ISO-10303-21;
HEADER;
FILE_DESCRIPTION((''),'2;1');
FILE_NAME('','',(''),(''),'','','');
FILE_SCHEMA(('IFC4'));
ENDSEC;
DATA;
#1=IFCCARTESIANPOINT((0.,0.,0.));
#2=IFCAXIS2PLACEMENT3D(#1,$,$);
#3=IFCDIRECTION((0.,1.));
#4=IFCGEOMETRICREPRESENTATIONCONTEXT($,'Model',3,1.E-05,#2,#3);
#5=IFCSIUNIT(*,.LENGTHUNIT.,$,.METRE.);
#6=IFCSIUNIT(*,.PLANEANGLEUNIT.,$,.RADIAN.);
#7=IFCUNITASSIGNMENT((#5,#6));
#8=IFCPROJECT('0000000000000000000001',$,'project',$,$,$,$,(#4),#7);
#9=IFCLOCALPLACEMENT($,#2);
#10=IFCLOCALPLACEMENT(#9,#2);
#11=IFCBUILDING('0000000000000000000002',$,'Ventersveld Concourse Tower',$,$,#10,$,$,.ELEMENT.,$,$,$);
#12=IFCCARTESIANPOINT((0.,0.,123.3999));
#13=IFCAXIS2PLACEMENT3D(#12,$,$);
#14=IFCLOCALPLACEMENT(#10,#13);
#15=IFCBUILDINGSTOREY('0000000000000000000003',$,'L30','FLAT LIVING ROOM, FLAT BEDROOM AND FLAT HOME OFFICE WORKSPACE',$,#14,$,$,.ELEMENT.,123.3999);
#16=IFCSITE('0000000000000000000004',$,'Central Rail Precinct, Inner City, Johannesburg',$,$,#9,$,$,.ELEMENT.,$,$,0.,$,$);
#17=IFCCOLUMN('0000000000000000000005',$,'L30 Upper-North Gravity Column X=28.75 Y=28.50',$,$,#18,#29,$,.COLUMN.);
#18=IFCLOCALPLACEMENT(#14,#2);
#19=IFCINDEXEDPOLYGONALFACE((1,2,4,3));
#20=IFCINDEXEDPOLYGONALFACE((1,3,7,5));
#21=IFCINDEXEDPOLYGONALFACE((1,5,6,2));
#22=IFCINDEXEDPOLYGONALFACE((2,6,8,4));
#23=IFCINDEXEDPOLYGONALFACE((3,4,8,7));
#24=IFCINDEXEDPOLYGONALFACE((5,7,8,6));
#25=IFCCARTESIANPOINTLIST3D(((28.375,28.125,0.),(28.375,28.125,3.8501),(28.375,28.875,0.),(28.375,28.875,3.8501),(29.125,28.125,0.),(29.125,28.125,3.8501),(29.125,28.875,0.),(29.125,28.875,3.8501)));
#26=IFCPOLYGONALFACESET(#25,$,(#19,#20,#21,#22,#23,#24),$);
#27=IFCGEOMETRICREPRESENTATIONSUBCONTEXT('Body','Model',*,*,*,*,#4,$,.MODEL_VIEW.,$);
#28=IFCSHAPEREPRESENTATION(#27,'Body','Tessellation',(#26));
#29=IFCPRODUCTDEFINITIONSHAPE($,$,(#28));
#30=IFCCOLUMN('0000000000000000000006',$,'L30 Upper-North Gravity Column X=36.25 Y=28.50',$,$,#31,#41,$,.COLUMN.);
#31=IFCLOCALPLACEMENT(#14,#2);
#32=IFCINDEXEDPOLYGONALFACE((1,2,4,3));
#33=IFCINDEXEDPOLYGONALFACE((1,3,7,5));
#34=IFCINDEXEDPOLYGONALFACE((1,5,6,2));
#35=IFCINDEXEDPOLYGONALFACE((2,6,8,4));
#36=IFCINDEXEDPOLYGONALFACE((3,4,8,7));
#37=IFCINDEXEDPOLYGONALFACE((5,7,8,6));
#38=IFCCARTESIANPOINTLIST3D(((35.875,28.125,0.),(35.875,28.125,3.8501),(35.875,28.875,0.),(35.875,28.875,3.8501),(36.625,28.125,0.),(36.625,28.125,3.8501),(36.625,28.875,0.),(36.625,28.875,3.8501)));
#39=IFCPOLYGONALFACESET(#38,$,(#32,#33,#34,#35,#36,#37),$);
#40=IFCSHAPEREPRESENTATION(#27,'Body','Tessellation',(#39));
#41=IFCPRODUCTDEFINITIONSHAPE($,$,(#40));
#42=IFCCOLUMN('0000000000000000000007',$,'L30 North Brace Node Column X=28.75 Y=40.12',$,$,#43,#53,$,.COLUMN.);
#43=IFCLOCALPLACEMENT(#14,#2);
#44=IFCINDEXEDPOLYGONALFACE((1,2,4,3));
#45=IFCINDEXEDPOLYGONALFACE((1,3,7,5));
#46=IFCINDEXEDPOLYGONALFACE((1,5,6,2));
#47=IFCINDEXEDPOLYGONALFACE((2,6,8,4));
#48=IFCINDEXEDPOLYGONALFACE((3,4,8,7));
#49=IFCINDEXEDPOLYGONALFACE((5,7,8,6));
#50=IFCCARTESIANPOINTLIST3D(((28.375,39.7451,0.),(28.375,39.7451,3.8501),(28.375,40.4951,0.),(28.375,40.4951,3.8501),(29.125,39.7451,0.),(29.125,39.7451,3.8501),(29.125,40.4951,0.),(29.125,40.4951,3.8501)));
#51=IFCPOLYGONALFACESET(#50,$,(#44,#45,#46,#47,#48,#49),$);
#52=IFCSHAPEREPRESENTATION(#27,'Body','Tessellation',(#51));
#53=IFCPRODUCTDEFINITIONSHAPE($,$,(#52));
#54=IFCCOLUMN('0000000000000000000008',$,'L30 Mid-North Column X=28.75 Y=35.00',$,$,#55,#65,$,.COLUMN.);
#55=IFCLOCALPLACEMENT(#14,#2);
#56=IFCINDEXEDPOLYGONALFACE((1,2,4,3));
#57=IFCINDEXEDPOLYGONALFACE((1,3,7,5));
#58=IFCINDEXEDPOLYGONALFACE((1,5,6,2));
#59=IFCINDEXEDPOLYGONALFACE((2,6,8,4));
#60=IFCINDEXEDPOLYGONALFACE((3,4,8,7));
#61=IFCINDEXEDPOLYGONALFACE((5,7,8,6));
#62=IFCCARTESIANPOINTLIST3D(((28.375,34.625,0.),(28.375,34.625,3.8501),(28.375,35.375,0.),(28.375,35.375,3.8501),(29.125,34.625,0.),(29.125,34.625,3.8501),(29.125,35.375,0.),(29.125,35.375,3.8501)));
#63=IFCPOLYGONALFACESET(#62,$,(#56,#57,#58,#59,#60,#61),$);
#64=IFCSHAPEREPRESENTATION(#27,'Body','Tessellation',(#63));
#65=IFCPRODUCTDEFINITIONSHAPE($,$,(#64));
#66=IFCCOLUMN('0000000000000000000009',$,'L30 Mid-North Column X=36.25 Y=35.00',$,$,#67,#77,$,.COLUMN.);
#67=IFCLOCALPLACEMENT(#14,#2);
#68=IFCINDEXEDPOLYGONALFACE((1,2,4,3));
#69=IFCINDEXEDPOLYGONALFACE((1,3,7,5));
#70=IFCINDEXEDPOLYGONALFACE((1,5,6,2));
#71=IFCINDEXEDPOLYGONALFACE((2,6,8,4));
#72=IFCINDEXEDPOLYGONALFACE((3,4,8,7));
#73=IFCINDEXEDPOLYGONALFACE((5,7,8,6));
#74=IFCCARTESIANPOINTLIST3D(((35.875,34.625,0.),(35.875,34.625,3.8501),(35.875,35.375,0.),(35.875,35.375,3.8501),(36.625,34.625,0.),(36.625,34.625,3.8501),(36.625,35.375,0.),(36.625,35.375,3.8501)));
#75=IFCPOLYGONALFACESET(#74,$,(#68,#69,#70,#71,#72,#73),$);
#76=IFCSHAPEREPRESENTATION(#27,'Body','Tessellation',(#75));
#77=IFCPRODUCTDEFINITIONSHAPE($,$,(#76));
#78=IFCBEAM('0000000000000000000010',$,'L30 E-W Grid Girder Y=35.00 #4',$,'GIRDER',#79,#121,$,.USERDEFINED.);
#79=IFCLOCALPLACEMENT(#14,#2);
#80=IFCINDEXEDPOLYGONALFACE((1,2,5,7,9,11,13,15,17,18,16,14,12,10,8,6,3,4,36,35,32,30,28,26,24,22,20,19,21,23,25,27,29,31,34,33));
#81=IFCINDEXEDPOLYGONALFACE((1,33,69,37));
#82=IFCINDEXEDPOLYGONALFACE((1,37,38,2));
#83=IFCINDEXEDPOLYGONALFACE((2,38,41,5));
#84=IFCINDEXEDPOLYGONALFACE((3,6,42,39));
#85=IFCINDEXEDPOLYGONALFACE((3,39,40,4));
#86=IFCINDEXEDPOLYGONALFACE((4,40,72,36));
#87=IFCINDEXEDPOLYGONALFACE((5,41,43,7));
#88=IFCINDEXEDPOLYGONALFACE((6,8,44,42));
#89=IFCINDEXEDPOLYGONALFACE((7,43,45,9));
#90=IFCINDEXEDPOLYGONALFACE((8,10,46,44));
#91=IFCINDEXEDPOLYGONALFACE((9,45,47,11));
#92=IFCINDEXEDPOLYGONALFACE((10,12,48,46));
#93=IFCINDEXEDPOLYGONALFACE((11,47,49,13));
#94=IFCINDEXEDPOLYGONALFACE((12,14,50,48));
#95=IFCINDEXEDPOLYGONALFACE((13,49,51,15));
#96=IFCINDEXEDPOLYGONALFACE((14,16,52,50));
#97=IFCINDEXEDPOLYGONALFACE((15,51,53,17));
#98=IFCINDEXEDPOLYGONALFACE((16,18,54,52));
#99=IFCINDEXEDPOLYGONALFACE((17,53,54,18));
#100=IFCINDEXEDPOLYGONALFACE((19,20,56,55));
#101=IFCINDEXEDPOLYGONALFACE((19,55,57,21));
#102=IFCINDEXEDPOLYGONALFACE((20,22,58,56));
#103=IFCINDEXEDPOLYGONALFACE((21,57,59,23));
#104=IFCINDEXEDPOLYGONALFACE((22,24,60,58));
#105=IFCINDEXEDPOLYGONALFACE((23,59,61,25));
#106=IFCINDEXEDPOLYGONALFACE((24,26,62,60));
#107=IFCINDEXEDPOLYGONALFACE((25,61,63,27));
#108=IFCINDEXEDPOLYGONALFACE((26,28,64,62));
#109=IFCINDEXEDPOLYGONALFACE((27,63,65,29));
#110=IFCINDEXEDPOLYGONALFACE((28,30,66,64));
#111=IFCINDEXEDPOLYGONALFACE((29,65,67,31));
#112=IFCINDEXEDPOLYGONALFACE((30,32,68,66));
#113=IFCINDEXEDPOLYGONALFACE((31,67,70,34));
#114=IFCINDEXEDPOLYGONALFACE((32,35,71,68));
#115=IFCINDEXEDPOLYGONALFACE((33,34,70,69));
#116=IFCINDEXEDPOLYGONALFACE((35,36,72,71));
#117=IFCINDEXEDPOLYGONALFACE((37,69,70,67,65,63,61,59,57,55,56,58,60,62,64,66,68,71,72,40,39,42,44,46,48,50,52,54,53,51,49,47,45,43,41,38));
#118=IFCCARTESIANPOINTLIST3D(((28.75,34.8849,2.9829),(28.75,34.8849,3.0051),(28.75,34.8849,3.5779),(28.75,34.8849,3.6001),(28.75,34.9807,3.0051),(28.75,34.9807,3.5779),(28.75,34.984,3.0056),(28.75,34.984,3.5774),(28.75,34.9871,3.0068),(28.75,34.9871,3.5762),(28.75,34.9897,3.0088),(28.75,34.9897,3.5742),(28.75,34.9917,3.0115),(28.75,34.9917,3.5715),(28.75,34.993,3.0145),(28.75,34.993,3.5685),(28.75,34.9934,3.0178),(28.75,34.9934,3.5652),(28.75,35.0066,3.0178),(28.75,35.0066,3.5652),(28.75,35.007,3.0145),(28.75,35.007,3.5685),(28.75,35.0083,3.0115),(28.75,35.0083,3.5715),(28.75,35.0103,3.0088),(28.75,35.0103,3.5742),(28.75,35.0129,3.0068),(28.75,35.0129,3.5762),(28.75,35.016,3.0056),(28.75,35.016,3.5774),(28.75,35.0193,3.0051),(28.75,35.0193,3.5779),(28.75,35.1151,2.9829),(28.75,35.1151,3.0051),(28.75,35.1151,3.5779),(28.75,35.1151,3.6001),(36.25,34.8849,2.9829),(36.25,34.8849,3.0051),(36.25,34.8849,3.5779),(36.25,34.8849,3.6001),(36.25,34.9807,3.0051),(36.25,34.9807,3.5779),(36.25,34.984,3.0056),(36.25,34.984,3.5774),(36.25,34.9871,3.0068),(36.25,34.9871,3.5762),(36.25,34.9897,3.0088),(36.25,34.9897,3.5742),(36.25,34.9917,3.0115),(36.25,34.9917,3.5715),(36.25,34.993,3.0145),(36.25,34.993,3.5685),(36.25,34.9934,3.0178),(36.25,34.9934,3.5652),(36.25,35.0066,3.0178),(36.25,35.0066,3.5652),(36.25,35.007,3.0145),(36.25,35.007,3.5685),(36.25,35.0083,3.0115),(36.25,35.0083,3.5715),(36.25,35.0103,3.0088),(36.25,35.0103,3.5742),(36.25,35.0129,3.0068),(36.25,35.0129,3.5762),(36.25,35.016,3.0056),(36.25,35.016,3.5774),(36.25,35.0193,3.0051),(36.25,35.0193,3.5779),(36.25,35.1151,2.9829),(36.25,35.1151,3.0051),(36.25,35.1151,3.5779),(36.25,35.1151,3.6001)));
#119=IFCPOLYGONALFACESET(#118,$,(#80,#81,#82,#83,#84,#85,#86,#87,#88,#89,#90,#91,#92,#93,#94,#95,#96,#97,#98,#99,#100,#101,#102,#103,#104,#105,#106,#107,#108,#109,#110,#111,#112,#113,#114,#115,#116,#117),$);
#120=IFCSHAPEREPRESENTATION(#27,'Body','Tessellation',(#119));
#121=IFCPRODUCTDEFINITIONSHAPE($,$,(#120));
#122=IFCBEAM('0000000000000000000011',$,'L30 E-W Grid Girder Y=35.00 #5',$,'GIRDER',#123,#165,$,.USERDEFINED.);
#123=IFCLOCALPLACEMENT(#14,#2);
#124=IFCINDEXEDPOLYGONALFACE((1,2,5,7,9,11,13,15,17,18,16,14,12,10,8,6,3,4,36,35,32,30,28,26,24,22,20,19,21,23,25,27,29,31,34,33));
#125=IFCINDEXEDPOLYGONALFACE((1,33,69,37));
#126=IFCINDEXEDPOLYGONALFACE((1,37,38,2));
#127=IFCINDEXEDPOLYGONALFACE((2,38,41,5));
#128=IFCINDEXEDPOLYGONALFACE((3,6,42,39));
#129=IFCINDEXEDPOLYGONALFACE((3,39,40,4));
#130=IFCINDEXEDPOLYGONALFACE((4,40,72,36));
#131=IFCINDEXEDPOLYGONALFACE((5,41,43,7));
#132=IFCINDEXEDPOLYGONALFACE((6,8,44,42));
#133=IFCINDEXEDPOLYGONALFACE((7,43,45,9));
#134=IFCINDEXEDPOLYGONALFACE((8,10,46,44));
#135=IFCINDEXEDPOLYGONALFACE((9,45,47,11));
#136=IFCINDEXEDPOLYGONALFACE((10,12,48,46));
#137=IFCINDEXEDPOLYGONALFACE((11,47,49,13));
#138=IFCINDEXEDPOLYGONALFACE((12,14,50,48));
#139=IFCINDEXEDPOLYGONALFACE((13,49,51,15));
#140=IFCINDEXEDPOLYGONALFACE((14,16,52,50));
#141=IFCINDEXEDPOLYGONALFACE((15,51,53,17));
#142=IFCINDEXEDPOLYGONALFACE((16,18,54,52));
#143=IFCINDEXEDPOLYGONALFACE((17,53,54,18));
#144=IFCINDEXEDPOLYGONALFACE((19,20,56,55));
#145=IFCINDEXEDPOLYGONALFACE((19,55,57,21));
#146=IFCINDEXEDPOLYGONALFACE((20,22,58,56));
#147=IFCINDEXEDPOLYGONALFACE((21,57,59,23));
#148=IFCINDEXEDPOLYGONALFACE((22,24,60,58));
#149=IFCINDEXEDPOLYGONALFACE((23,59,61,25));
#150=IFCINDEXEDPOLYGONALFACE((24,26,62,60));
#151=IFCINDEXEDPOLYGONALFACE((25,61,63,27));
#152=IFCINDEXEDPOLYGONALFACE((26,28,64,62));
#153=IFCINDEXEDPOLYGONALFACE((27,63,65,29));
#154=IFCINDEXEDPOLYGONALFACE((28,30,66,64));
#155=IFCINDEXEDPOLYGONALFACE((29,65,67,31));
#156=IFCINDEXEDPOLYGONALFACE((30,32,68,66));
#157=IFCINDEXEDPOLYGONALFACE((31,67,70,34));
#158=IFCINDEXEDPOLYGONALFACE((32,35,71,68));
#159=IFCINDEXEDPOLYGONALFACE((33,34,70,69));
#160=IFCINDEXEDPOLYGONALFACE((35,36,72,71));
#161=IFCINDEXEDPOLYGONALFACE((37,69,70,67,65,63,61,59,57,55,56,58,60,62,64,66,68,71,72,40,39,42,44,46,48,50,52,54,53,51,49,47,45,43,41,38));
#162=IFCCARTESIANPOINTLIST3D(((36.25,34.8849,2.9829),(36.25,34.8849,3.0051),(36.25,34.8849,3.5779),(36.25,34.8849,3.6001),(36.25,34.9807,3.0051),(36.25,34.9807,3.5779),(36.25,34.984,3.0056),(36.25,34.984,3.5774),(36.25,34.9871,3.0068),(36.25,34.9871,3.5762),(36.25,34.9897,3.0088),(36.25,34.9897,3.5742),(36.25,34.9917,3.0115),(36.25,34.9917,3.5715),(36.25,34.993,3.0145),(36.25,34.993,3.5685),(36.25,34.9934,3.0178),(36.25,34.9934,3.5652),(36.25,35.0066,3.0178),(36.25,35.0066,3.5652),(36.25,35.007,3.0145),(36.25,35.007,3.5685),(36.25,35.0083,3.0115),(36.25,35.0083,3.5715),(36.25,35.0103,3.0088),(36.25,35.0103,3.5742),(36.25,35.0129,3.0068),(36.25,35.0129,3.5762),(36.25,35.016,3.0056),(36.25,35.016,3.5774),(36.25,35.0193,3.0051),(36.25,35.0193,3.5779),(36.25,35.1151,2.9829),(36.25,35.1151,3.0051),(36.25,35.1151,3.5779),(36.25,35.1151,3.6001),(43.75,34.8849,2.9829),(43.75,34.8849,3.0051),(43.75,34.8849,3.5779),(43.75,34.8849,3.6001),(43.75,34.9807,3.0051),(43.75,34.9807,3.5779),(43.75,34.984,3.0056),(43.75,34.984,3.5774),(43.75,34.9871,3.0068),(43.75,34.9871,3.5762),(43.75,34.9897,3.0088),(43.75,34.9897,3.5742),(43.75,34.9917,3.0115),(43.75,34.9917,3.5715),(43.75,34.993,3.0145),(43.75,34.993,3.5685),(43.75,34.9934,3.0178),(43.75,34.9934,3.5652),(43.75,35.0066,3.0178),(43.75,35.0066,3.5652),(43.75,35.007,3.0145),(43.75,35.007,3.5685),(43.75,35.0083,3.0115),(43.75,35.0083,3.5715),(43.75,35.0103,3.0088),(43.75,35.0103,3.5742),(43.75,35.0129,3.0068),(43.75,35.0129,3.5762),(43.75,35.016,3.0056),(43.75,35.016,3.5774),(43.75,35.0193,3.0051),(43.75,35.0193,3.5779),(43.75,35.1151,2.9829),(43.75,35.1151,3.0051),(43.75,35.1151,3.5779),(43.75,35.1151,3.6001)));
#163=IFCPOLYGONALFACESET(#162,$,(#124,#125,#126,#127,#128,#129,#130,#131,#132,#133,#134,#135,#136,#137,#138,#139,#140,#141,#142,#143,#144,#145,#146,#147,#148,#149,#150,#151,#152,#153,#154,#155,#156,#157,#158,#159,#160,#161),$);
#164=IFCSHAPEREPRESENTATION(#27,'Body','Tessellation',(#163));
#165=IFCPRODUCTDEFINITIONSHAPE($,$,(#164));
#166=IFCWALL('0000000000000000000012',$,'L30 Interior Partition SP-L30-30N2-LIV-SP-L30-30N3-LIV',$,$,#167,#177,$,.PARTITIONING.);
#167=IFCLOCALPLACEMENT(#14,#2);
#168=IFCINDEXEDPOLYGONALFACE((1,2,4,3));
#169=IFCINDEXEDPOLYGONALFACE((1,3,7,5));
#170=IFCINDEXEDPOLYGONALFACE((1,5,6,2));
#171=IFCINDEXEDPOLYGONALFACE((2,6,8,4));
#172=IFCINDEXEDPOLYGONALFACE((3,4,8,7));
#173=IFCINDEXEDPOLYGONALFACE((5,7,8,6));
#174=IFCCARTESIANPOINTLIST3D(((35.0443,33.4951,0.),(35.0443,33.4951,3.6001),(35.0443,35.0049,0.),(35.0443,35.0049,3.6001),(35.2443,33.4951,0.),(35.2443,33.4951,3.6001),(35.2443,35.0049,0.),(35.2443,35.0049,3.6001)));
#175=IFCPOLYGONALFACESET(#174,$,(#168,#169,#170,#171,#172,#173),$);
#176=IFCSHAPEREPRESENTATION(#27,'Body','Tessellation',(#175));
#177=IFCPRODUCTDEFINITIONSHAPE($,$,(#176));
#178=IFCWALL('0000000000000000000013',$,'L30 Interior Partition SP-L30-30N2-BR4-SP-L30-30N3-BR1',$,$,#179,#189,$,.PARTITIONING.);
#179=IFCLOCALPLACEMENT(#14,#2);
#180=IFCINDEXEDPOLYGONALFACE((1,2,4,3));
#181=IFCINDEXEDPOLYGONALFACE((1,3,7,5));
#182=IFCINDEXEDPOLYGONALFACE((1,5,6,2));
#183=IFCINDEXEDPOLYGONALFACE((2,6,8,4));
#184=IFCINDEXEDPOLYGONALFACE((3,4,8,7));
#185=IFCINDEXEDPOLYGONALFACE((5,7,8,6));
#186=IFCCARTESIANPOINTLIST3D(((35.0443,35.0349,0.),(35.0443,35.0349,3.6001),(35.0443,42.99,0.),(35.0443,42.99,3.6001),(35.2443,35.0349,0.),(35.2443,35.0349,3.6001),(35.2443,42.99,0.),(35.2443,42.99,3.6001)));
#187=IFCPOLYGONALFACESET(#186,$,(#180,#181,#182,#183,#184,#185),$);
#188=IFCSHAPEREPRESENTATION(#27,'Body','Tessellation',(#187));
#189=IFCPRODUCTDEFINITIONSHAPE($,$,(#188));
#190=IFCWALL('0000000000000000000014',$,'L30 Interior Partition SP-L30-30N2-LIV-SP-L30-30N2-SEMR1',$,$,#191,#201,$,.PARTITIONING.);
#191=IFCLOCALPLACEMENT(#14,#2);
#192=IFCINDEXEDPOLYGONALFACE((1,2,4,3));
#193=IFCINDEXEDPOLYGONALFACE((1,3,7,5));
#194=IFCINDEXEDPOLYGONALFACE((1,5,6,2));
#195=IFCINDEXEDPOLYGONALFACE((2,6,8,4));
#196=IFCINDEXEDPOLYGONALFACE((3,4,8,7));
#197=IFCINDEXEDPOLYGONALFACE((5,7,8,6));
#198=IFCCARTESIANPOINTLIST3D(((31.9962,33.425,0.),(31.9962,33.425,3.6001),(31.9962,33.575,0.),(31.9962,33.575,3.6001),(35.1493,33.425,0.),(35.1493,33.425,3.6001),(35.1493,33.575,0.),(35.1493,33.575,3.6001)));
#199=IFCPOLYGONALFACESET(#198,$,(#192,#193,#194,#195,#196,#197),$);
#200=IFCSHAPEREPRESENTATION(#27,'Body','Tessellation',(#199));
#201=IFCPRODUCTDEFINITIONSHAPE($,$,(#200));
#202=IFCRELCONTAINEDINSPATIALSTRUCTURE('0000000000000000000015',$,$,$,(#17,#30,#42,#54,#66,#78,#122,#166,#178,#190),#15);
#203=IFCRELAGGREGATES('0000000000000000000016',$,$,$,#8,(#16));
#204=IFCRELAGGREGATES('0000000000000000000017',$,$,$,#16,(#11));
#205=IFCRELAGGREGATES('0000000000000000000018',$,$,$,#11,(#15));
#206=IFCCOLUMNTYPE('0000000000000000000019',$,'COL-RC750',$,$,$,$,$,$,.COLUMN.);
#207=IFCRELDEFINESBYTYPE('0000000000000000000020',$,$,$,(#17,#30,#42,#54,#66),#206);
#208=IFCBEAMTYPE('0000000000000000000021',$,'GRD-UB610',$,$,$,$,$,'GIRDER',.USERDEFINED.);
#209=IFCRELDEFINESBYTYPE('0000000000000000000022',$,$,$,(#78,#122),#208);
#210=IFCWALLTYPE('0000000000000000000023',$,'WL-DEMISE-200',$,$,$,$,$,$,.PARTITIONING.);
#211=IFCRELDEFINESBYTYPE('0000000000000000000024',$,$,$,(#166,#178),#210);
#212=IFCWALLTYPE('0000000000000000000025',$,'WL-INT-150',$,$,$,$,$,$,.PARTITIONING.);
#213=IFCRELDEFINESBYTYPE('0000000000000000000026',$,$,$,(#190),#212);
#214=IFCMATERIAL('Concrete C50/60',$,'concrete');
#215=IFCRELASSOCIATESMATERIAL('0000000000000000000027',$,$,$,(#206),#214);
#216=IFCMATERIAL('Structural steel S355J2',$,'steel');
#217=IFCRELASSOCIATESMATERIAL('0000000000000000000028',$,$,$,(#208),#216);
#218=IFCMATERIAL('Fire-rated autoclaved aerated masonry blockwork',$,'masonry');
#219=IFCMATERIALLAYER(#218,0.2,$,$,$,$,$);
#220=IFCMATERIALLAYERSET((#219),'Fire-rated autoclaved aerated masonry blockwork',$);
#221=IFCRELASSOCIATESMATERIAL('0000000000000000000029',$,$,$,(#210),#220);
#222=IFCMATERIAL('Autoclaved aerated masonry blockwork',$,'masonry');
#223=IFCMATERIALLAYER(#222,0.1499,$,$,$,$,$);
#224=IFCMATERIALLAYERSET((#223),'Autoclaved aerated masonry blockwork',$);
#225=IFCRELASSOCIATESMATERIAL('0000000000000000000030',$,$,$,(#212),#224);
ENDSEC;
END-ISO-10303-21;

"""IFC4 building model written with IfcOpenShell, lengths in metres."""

from ifc_helpers import new_model, si_unit, direction, frame, frame_2d, origin, origin_2d, place, context, subcontext, project, spatial, rectangle, i_section, extrude, material, layer, layer_set, material_profile, profile_set, type_object, element, save


model = new_model("IFC4")

# Units and contexts
model_context = context("Model", 3, precision=1e-05, world=origin(), true_north=direction((0.0, 1.0)))
body_context = subcontext(model_context, "Body", "Model", "MODEL_VIEW")
ifc_project = project(units=[si_unit("LENGTHUNIT", "METRE"), si_unit("PLANEANGLEUNIT", "RADIAN")], contexts=[model_context])

# Site, building, storey
site_placement = place(None, origin())
site = spatial("IfcSite", under=ifc_project, at=site_placement, Name="Central Rail Precinct, Inner City, Johannesburg", CompositionType="ELEMENT", RefElevation=0.0)
building_placement = place(site_placement, origin())
building = spatial("IfcBuilding", under=site, at=building_placement, Name="Ventersveld Concourse Tower", CompositionType="ELEMENT")
storey_placement = place(building_placement, frame((0.0, 0.0, 123.3999)))
storey = spatial("IfcBuildingStorey", under=building, at=storey_placement, Name="L30", Description="FLAT LIVING ROOM, FLAT BEDROOM AND FLAT HOME OFFICE WORKSPACE", CompositionType="ELEMENT", Elevation=123.3999)

# Columns
ifc_material_1 = material(Name="Concrete C50/60", Category="concrete")
ifc_material_profile_1 = material_profile(ifc_material_1, rectangle(XDim=0.75, YDim=0.75, at=origin_2d()), Name="RC 750x750")
ifc_profile_set_1 = profile_set([ifc_material_profile_1], Name="Concrete C50/60")
column_type = type_object("IfcColumnType", Name="COL-RC750", PredefinedType="COLUMN", material=ifc_profile_set_1)
for number, where, z_axis, x_axis, name in (
    (1, (28.75, 28.5, 0.0), (0.0, 0.0, 1.0), (1.0, 0.0, 0.0), "L30 Upper-North Gravity Column X=28.75 Y=28.50"),
    (2, (36.25, 28.5, 0.0), (0.0, 0.0, 1.0), (1.0, 0.0, 0.0), "L30 Upper-North Gravity Column X=36.25 Y=28.50"),
    (3, (28.75, 40.1201, 0.0), (0.0, 0.0, 1.0), (1.0, 0.0, 0.0), "L30 North Brace Node Column X=28.75 Y=40.12"),
    (4, (28.75, 35.0, 0.0), (0.0, 0.0, 1.0), (1.0, 0.0, 0.0), "L30 Mid-North Column X=28.75 Y=35.00"),
    (5, (36.25, 35.0, 0.0), (0.0, 0.0, 1.0), (1.0, 0.0, 0.0), "L30 Mid-North Column X=36.25 Y=35.00"),
):
    element("IfcColumn", number, at=place(storey_placement, frame(where, z_axis=z_axis, x_axis=x_axis)), inside=storey, type_object=column_type, Name=name, PredefinedType="COLUMN", context=body_context, shape_type="SweptSolid", body=[
        extrude(rectangle(XDim=0.75, YDim=0.75, at=origin_2d()), origin(), (0.0, 0.0, 1.0), 3.8501),
    ])

# Beams
ifc_material_2 = material(Name="Structural steel S355J2", Category="steel")
ifc_material_profile_2 = material_profile(ifc_material_2, i_section(OverallWidth=0.2302, OverallDepth=0.6172, WebThickness=0.0132, FlangeThickness=0.0222, FilletRadius=0.0127, at=origin_2d()), Name="UB 610x229x140")
ifc_profile_set_2 = profile_set([ifc_material_profile_2], Name="Structural steel S355J2")
beam_type = type_object("IfcBeamType", Name="GRD-UB610", ElementType="GIRDER", PredefinedType="USERDEFINED", material=ifc_profile_set_2)
for number, where, z_axis, x_axis, name in (
    (6, (28.75, 35.0, 3.2915), (1.0, 0.0, 0.0), (0.0, 1.0, 0.0), "L30 E-W Grid Girder Y=35.00 #4"),
    (7, (36.25, 35.0, 3.2915), (1.0, 0.0, 0.0), (0.0, 1.0, 0.0), "L30 E-W Grid Girder Y=35.00 #5"),
):
    element("IfcBeam", number, at=place(storey_placement, frame(where, z_axis=z_axis, x_axis=x_axis)), inside=storey, type_object=beam_type, Name=name, ObjectType="GIRDER", PredefinedType="USERDEFINED", context=body_context, shape_type="SweptSolid", body=[
        extrude(i_section(OverallWidth=0.2302, OverallDepth=0.6172, WebThickness=0.0132, FlangeThickness=0.0222, FilletRadius=0.0127, at=origin_2d()), origin(), (0.0, 0.0, 1.0), 7.5),
    ])

# Walls
ifc_material_3 = material(Name="Fire-rated autoclaved aerated masonry blockwork", Category="masonry")
ifc_layer_1 = layer(ifc_material_3, 0.2)
ifc_layer_set_1 = layer_set([ifc_layer_1], Name="Fire-rated autoclaved aerated masonry blockwork")
wall_type_1 = type_object("IfcWallType", Name="WL-DEMISE-200", PredefinedType="PARTITIONING", material=ifc_layer_set_1)
wall_1_placement = place(storey_placement, frame((35.1443, 33.4951, 0.0), z_axis=(0.0, 0.0, 1.0), x_axis=(0.0, 1.0, 0.0)))
element("IfcWall", 8, at=wall_1_placement, inside=storey, type_object=wall_type_1, Name="L30 Interior Partition SP-L30-30N2-LIV-SP-L30-30N3-LIV", PredefinedType="PARTITIONING", context=body_context, shape_type="SweptSolid", body=[
    extrude(rectangle(XDim=1.5098, YDim=0.2, at=frame_2d((0.7549, 0.0))), origin(), (0.0, 0.0, 1.0), 3.6001),
])
wall_2_placement = place(storey_placement, frame((35.1443, 35.0349, 0.0), z_axis=(0.0, 0.0, 1.0), x_axis=(0.0, 1.0, 0.0)))
element("IfcWall", 9, at=wall_2_placement, inside=storey, type_object=wall_type_1, Name="L30 Interior Partition SP-L30-30N2-BR4-SP-L30-30N3-BR1", PredefinedType="PARTITIONING", context=body_context, shape_type="SweptSolid", body=[
    extrude(rectangle(XDim=7.9551, YDim=0.2, at=frame_2d((3.9775, 0.0))), origin(), (0.0, 0.0, 1.0), 3.6001),
])
ifc_material_4 = material(Name="Autoclaved aerated masonry blockwork", Category="masonry")
ifc_layer_2 = layer(ifc_material_4, 0.1499)
ifc_layer_set_2 = layer_set([ifc_layer_2], Name="Autoclaved aerated masonry blockwork")
wall_type_2 = type_object("IfcWallType", Name="WL-INT-150", PredefinedType="PARTITIONING", material=ifc_layer_set_2)
wall_3_placement = place(storey_placement, frame((31.9961, 33.5, 0.0), z_axis=(0.0, 0.0, 1.0), x_axis=(1.0, 0.0, 0.0)))
element("IfcWall", 10, at=wall_3_placement, inside=storey, type_object=wall_type_2, Name="L30 Interior Partition SP-L30-30N2-LIV-SP-L30-30N2-SEMR1", PredefinedType="PARTITIONING", context=body_context, shape_type="SweptSolid", body=[
    extrude(rectangle(XDim=3.1531, YDim=0.1499, at=frame_2d((1.5767, 0.0))), origin(), (0.0, 0.0, 1.0), 3.6001),
])

save(model, "model.ifc")
